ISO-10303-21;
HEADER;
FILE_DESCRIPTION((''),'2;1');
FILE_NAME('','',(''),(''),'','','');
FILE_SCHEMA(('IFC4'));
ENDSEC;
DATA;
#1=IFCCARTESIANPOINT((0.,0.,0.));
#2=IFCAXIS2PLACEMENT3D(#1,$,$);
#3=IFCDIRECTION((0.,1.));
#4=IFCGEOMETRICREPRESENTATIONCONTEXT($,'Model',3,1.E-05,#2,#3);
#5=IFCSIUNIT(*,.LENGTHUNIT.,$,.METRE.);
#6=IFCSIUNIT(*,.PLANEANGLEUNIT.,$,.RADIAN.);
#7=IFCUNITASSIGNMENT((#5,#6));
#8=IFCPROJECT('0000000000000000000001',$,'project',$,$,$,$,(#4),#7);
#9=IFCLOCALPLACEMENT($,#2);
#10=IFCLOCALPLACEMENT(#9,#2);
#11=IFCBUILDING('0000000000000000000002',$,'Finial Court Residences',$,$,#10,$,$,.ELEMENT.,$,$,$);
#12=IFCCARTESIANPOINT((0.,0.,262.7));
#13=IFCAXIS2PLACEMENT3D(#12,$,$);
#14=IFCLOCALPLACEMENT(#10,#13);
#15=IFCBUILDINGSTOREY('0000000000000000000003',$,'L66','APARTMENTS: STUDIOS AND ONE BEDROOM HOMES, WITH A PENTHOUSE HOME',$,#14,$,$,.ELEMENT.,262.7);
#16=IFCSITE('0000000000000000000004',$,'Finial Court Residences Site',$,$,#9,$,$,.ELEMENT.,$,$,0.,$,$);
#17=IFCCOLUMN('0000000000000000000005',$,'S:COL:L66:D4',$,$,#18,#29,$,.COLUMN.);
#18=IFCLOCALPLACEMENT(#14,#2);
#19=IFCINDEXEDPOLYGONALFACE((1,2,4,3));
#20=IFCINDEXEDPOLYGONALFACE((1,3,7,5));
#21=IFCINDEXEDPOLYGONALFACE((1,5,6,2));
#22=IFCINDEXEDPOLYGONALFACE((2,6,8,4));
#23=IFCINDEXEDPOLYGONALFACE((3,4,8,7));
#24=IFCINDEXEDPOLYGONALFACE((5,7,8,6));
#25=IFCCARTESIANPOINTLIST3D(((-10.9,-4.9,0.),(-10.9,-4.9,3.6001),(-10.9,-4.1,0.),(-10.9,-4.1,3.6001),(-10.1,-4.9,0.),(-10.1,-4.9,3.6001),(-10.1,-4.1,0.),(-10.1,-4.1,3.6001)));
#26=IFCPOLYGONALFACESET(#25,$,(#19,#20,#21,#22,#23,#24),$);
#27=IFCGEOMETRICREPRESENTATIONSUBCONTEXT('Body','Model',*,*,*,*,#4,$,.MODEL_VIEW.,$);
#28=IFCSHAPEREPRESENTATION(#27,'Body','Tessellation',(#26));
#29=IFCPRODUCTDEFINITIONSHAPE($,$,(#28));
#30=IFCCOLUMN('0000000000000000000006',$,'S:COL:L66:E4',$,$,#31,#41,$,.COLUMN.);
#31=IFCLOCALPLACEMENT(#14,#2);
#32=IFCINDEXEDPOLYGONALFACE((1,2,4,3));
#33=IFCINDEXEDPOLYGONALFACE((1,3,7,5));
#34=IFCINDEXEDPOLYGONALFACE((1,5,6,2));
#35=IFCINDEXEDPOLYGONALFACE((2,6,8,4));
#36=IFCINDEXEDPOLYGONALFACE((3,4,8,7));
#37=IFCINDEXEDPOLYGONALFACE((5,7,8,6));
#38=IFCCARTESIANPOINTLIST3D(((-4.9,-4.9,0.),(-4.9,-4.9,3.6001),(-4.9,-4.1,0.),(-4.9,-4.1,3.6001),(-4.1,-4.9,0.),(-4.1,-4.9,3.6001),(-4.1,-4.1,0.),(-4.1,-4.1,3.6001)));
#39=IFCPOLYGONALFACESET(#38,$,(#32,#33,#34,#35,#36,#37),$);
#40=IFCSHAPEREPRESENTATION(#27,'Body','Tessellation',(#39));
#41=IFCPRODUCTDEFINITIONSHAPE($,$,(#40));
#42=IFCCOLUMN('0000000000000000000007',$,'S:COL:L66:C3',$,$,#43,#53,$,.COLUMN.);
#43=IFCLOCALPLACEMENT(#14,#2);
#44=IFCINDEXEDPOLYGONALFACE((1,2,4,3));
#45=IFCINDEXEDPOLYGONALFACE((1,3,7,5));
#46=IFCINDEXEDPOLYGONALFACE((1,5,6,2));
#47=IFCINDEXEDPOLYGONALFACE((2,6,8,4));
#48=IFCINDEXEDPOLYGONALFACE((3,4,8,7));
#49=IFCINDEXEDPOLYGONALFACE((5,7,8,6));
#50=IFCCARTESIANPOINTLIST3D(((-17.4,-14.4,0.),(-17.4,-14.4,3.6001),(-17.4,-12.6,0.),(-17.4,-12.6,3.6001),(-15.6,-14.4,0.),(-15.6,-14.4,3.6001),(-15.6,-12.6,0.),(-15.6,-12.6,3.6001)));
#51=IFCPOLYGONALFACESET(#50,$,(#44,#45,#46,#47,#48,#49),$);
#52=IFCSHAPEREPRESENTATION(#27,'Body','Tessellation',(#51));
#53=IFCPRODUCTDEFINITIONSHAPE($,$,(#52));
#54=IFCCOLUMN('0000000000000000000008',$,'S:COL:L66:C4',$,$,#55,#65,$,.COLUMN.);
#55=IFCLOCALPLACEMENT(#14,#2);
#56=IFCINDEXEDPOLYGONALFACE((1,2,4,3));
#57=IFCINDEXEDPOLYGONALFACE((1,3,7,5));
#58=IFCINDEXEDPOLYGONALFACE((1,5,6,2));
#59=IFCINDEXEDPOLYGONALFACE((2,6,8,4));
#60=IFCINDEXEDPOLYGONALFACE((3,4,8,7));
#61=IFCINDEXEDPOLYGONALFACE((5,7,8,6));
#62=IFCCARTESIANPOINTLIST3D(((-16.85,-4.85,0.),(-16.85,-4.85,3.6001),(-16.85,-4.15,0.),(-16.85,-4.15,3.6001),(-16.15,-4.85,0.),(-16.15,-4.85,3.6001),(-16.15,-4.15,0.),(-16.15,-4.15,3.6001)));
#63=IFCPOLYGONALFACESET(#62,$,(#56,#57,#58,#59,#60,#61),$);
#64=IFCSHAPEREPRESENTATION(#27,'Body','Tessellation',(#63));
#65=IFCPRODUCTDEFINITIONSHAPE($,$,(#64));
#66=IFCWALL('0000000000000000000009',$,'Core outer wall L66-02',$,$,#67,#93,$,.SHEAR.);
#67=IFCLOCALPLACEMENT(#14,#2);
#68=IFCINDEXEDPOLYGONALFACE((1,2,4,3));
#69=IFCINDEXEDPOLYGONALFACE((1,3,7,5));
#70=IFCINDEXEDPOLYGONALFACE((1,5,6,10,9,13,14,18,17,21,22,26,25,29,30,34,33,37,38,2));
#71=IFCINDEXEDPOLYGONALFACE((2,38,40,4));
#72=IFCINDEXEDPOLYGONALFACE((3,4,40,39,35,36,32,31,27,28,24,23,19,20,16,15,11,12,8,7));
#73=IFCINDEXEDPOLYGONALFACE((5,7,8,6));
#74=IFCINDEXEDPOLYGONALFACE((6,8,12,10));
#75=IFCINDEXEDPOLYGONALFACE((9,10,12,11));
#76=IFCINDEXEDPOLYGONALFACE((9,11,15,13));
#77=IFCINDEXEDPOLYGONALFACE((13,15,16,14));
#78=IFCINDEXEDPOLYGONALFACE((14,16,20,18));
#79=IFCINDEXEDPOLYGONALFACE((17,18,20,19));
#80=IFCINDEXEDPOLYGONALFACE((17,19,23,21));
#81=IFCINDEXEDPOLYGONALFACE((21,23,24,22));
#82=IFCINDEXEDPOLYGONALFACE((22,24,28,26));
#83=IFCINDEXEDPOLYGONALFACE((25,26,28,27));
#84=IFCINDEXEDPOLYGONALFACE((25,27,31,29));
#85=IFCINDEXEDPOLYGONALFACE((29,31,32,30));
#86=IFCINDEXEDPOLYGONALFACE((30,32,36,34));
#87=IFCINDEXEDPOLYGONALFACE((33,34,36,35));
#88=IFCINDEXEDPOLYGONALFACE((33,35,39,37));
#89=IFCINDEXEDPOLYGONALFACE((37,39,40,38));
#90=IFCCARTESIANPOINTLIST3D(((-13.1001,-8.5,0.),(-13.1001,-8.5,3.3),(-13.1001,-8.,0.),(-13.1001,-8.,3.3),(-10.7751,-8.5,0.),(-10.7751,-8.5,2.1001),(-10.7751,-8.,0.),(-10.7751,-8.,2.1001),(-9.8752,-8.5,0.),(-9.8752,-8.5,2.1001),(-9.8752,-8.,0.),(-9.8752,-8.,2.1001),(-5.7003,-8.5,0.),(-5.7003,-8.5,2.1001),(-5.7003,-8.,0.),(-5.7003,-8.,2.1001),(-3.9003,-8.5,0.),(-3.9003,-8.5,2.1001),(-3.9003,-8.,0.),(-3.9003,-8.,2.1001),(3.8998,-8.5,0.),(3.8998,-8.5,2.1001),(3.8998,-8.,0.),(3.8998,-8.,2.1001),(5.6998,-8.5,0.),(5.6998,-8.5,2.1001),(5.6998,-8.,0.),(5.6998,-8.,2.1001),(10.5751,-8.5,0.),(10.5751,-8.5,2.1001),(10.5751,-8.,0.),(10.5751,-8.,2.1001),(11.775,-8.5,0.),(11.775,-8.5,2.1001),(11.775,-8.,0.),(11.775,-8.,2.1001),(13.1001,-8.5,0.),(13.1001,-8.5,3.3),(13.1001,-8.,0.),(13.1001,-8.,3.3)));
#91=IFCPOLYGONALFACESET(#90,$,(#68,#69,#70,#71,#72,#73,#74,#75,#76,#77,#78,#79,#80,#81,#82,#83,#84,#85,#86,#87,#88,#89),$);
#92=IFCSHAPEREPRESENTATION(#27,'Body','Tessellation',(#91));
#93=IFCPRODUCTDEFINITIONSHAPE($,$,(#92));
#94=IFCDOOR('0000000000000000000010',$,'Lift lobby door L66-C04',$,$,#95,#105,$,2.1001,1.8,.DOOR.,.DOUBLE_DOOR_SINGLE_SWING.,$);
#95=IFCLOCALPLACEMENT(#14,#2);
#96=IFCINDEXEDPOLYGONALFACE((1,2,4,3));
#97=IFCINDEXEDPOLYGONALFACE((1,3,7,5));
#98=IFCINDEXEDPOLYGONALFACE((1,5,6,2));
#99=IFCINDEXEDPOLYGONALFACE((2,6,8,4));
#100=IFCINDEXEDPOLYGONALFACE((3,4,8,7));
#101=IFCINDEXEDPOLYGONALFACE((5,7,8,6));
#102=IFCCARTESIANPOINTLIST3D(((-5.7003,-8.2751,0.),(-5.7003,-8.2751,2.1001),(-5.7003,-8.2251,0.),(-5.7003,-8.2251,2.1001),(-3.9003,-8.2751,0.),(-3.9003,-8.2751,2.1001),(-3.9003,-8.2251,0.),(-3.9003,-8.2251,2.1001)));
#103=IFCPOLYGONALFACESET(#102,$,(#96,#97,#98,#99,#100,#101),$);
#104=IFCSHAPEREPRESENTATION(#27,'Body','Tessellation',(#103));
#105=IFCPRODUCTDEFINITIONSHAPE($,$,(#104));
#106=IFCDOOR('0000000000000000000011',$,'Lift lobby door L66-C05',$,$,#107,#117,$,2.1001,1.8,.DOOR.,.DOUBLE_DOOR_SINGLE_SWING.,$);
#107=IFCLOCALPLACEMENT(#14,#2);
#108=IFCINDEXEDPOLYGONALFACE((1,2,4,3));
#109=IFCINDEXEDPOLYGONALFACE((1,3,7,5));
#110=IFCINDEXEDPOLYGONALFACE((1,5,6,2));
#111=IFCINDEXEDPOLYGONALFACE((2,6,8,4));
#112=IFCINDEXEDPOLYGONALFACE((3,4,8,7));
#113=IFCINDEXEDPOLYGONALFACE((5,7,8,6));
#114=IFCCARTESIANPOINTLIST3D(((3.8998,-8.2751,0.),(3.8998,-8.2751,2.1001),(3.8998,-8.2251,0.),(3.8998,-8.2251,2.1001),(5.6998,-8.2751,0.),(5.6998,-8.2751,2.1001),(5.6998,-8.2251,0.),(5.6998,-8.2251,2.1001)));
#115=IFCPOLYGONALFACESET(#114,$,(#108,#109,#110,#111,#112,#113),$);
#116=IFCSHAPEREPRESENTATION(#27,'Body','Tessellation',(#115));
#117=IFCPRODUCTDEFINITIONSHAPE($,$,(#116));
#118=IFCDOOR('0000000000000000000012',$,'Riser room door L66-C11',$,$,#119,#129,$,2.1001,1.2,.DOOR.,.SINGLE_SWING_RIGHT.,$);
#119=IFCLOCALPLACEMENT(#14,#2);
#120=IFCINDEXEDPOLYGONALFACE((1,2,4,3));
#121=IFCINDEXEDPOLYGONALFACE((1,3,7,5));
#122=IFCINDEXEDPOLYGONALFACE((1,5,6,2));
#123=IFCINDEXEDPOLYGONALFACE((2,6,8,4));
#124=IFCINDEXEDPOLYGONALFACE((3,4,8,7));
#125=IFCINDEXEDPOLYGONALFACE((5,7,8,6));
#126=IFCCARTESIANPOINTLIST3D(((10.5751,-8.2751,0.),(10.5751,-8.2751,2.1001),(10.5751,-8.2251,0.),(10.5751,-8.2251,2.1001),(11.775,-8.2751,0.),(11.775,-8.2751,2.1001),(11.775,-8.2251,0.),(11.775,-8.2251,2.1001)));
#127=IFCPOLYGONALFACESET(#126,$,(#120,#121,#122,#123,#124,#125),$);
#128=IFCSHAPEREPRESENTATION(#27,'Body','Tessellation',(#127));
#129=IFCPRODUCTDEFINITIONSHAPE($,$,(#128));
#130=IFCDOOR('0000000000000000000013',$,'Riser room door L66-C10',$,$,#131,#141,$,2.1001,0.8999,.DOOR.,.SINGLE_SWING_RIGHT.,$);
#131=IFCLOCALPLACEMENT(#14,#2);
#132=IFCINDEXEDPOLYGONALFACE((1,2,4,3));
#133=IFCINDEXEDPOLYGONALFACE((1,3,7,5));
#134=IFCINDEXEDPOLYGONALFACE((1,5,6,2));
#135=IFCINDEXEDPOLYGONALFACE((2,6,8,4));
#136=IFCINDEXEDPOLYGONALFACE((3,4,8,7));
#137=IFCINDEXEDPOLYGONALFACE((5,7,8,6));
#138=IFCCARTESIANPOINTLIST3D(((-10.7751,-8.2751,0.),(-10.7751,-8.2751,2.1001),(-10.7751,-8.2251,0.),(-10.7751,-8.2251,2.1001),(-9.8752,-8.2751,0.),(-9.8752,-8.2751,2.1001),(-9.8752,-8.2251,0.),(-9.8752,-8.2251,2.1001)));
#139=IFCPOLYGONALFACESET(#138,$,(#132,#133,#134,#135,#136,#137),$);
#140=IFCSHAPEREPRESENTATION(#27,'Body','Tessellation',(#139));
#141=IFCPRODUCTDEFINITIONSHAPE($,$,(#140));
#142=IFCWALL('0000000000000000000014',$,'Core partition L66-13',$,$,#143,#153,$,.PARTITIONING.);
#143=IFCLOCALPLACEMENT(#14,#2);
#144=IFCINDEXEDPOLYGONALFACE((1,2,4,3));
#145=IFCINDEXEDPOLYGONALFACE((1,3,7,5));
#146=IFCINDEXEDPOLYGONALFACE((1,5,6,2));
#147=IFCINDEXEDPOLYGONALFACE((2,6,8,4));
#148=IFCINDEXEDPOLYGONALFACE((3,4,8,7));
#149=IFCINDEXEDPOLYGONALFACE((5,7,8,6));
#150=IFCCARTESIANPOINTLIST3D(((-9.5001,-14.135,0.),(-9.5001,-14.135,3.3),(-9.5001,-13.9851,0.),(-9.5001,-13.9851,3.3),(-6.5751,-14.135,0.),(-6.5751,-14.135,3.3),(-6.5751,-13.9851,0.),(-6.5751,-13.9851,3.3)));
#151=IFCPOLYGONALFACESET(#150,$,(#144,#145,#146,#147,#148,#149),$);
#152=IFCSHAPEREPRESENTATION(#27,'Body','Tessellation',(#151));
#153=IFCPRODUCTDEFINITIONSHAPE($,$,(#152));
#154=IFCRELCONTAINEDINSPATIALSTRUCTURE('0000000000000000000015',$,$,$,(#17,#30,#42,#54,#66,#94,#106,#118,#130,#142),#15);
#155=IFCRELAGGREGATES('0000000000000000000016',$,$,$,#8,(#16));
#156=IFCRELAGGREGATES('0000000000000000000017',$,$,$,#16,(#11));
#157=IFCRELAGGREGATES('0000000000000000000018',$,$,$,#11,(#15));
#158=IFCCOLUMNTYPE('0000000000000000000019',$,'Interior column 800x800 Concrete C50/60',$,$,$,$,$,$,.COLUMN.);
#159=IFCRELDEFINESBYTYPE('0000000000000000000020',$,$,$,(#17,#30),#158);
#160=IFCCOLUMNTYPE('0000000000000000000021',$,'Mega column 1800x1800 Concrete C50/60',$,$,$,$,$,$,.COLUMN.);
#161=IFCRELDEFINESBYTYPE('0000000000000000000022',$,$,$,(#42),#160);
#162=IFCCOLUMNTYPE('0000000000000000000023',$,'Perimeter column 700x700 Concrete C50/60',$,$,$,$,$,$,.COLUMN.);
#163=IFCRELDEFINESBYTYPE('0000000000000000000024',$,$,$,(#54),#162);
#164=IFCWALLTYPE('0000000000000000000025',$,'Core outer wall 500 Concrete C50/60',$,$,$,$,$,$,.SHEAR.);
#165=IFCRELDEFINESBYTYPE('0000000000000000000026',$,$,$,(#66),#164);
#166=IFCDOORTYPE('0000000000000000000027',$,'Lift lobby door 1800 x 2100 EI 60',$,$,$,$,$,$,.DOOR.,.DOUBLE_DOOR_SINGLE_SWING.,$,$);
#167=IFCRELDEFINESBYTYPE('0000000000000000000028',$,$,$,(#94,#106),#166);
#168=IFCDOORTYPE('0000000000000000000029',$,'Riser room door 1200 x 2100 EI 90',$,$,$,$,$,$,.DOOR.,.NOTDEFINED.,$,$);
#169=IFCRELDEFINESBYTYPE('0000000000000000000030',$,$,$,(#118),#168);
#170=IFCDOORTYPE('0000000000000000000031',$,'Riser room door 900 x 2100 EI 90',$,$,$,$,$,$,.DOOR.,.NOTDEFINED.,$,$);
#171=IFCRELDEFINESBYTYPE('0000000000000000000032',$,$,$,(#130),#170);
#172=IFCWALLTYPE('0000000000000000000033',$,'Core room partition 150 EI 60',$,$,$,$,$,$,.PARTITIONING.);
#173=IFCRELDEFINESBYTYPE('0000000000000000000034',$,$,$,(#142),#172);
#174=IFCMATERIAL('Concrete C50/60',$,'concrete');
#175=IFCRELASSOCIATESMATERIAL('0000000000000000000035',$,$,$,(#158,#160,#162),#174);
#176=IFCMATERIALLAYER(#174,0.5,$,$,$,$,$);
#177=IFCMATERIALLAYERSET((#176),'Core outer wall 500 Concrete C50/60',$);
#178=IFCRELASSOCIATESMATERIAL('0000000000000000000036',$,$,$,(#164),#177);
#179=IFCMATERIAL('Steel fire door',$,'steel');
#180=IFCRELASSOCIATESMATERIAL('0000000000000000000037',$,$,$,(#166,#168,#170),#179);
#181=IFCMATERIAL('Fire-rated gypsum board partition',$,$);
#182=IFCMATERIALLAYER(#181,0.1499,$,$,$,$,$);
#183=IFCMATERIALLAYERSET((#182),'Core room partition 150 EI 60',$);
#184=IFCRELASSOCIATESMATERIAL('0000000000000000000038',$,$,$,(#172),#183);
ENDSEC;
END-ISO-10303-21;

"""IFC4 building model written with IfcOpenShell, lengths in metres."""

from ifc_helpers import new_model, si_unit, direction, frame, frame_2d, origin, origin_2d, place, context, subcontext, project, spatial, rectangle, extrude, material, layer, layer_set, material_profile, profile_set, type_object, element, fill, save


model = new_model("IFC4")

# Units and contexts
model_context = context("Model", 3, precision=1e-05, world=origin(), true_north=direction((0.0, 1.0)))
body_context = subcontext(model_context, "Body", "Model", "MODEL_VIEW")
ifc_project = project(units=[si_unit("LENGTHUNIT", "METRE"), si_unit("PLANEANGLEUNIT", "RADIAN")], contexts=[model_context])

# Site, building, storey
site_placement = place(None, origin())
site = spatial("IfcSite", under=ifc_project, at=site_placement, Name="Finial Court Residences Site", CompositionType="ELEMENT", RefElevation=0.0)
building_placement = place(site_placement, origin())
building = spatial("IfcBuilding", under=site, at=building_placement, Name="Finial Court Residences", CompositionType="ELEMENT")
storey_placement = place(building_placement, frame((0.0, 0.0, 262.7)))
storey = spatial("IfcBuildingStorey", under=building, at=storey_placement, Name="L66", Description="APARTMENTS: STUDIOS AND ONE BEDROOM HOMES, WITH A PENTHOUSE HOME", CompositionType="ELEMENT", Elevation=262.7)

# Columns
ifc_material_1 = material(Name="Concrete C50/60", Category="concrete")
ifc_material_profile_1 = material_profile(ifc_material_1, rectangle(XDim=0.8, YDim=0.8, at=origin_2d()), Name="800x800")
ifc_profile_set_1 = profile_set([ifc_material_profile_1], Name="Concrete C50/60")
column_type_1 = type_object("IfcColumnType", Name="Interior column 800x800 Concrete C50/60", PredefinedType="COLUMN", material=ifc_profile_set_1)
for number, where, z_axis, x_axis, name in (
    (1, (-10.5, -4.5, 0.0), (0.0, 0.0, 1.0), (1.0, 0.0, 0.0), "S:COL:L66:D4"),
    (2, (-4.5, -4.5, 0.0), (0.0, 0.0, 1.0), (1.0, 0.0, 0.0), "S:COL:L66:E4"),
):
    element("IfcColumn", number, at=place(storey_placement, frame(where, z_axis=z_axis, x_axis=x_axis)), inside=storey, type_object=column_type_1, Name=name, PredefinedType="COLUMN", context=body_context, shape_type="SweptSolid", body=[
        extrude(rectangle(XDim=0.8, YDim=0.8, at=origin_2d()), origin(), (0.0, 0.0, 1.0), 3.6001),
    ])
ifc_material_profile_2 = material_profile(ifc_material_1, rectangle(XDim=1.8, YDim=1.8, at=origin_2d()), Name="1800x1800")
ifc_profile_set_2 = profile_set([ifc_material_profile_2], Name="Concrete C50/60")
column_type_2 = type_object("IfcColumnType", Name="Mega column 1800x1800 Concrete C50/60", PredefinedType="COLUMN", material=ifc_profile_set_2)
column_1_placement = place(storey_placement, frame((-16.5, -13.5, 0.0), z_axis=(0.0, 0.0, 1.0), x_axis=(1.0, 0.0, 0.0)))
element("IfcColumn", 3, at=column_1_placement, inside=storey, type_object=column_type_2, Name="S:COL:L66:C3", PredefinedType="COLUMN", context=body_context, shape_type="SweptSolid", body=[
    extrude(rectangle(XDim=1.8, YDim=1.8, at=origin_2d()), origin(), (0.0, 0.0, 1.0), 3.6001),
])
ifc_material_profile_3 = material_profile(ifc_material_1, rectangle(XDim=0.7, YDim=0.7, at=origin_2d()), Name="700x700")
ifc_profile_set_3 = profile_set([ifc_material_profile_3], Name="Concrete C50/60")
column_type_3 = type_object("IfcColumnType", Name="Perimeter column 700x700 Concrete C50/60", PredefinedType="COLUMN", material=ifc_profile_set_3)
column_2_placement = place(storey_placement, frame((-16.5, -4.5, 0.0), z_axis=(0.0, 0.0, 1.0), x_axis=(1.0, 0.0, 0.0)))
element("IfcColumn", 4, at=column_2_placement, inside=storey, type_object=column_type_3, Name="S:COL:L66:C4", PredefinedType="COLUMN", context=body_context, shape_type="SweptSolid", body=[
    extrude(rectangle(XDim=0.7, YDim=0.7, at=origin_2d()), origin(), (0.0, 0.0, 1.0), 3.6001),
])

# Wall, openings, doors
ifc_layer_1 = layer(ifc_material_1, 0.5)
ifc_layer_set_1 = layer_set([ifc_layer_1], Name="Core outer wall 500 Concrete C50/60")
wall_type_1 = type_object("IfcWallType", Name="Core outer wall 500 Concrete C50/60", PredefinedType="SHEAR", material=ifc_layer_set_1)
wall_1_placement = place(storey_placement, frame((-13.1001, -8.25, 0.0), z_axis=(0.0, 0.0, 1.0), x_axis=(1.0, 0.0, 0.0)))
wall_1 = element("IfcWall", 5, at=wall_1_placement, inside=storey, type_object=wall_type_1, Name="Core outer wall L66-02", PredefinedType="SHEAR", context=body_context, shape_type="SweptSolid", body=[
    extrude(rectangle(XDim=26.2002, YDim=0.5, at=frame_2d((13.1001, 0.0))), origin(), (0.0, 0.0, 1.0), 3.3),
])
opening_1_placement = place(wall_1_placement, frame((7.3999, 0.0, 0.0)))
opening_1 = element("IfcOpeningElement", 6, at=opening_1_placement, cuts=wall_1, PredefinedType="OPENING", context=body_context, shape_type="SweptSolid", body=[
    extrude(rectangle(XDim=1.8, YDim=2.1001, at=frame_2d((0.8999, 1.05))), frame((0.0, 0.26, 0.0), z_axis=(0.0, -1.0, 0.0), x_axis=(1.0, 0.0, 0.0)), (0.0, 0.0, 1.0), 0.52),
])
opening_2_placement = place(wall_1_placement, frame((17.0, 0.0, 0.0)))
opening_2 = element("IfcOpeningElement", 7, at=opening_2_placement, cuts=wall_1, PredefinedType="OPENING", context=body_context, shape_type="SweptSolid", body=[
    extrude(rectangle(XDim=1.8, YDim=2.1001, at=frame_2d((0.8999, 1.05))), frame((0.0, 0.26, 0.0), z_axis=(0.0, -1.0, 0.0), x_axis=(1.0, 0.0, 0.0)), (0.0, 0.0, 1.0), 0.52),
])
opening_3_placement = place(wall_1_placement, frame((2.325, 0.0, 0.0)))
opening_3 = element("IfcOpeningElement", 8, at=opening_3_placement, cuts=wall_1, PredefinedType="OPENING", context=body_context, shape_type="SweptSolid", body=[
    extrude(rectangle(XDim=0.8999, YDim=2.1001, at=frame_2d((0.45, 1.05))), frame((0.0, 0.26, 0.0), z_axis=(0.0, -1.0, 0.0), x_axis=(1.0, 0.0, 0.0)), (0.0, 0.0, 1.0), 0.52),
])
opening_4_placement = place(wall_1_placement, frame((23.675, 0.0, 0.0)))
opening_4 = element("IfcOpeningElement", 9, at=opening_4_placement, cuts=wall_1, PredefinedType="OPENING", context=body_context, shape_type="SweptSolid", body=[
    extrude(rectangle(XDim=1.2, YDim=2.1001, at=frame_2d((0.6001, 1.05))), frame((0.0, 0.26, 0.0), z_axis=(0.0, -1.0, 0.0), x_axis=(1.0, 0.0, 0.0)), (0.0, 0.0, 1.0), 0.52),
])
ifc_material_2 = material(Name="Steel fire door", Category="steel")
door_type_1 = type_object("IfcDoorType", Name="Lift lobby door 1800 x 2100 EI 60", OperationType="DOUBLE_DOOR_SINGLE_SWING", PredefinedType="DOOR", material=ifc_material_2)
door_1_placement = place(opening_1_placement, origin())
door_1 = element("IfcDoor", 10, at=door_1_placement, inside=storey, type_object=door_type_1, Name="Lift lobby door L66-C04", OperationType="DOUBLE_DOOR_SINGLE_SWING", OverallHeight=2.1001, OverallWidth=1.8, PredefinedType="DOOR", context=body_context, shape_type="SweptSolid", body=[
    extrude(rectangle(XDim=1.8, YDim=2.1001, at=frame_2d((0.8999, 1.05))), frame((0.0, 0.0249, 0.0), z_axis=(0.0, -1.0, 0.0), x_axis=(1.0, 0.0, 0.0)), (0.0, 0.0, 1.0), 0.05),
])
fill(opening_1, door_1)
door_2_placement = place(opening_2_placement, origin())
door_2 = element("IfcDoor", 11, at=door_2_placement, inside=storey, type_object=door_type_1, Name="Lift lobby door L66-C05", OperationType="DOUBLE_DOOR_SINGLE_SWING", OverallHeight=2.1001, OverallWidth=1.8, PredefinedType="DOOR", context=body_context, shape_type="SweptSolid", body=[
    extrude(rectangle(XDim=1.8, YDim=2.1001, at=frame_2d((0.8999, 1.05))), frame((0.0, 0.0249, 0.0), z_axis=(0.0, -1.0, 0.0), x_axis=(1.0, 0.0, 0.0)), (0.0, 0.0, 1.0), 0.05),
])
fill(opening_2, door_2)
door_type_2 = type_object("IfcDoorType", Name="Riser room door 1200 x 2100 EI 90", OperationType="NOTDEFINED", PredefinedType="DOOR", material=ifc_material_2)
door_3_placement = place(opening_4_placement, origin())
door_3 = element("IfcDoor", 12, at=door_3_placement, inside=storey, type_object=door_type_2, Name="Riser room door L66-C11", OperationType="SINGLE_SWING_RIGHT", OverallHeight=2.1001, OverallWidth=1.2, PredefinedType="DOOR", context=body_context, shape_type="SweptSolid", body=[
    extrude(rectangle(XDim=1.2, YDim=2.1001, at=frame_2d((0.6001, 1.05))), frame((0.0, 0.0249, 0.0), z_axis=(0.0, -1.0, 0.0), x_axis=(1.0, 0.0, 0.0)), (0.0, 0.0, 1.0), 0.05),
])
fill(opening_4, door_3)
door_type_3 = type_object("IfcDoorType", Name="Riser room door 900 x 2100 EI 90", OperationType="NOTDEFINED", PredefinedType="DOOR", material=ifc_material_2)
door_4_placement = place(opening_3_placement, origin())
door_4 = element("IfcDoor", 13, at=door_4_placement, inside=storey, type_object=door_type_3, Name="Riser room door L66-C10", OperationType="SINGLE_SWING_RIGHT", OverallHeight=2.1001, OverallWidth=0.8999, PredefinedType="DOOR", context=body_context, shape_type="SweptSolid", body=[
    extrude(rectangle(XDim=0.8999, YDim=2.1001, at=frame_2d((0.45, 1.05))), frame((0.0, 0.0249, 0.0), z_axis=(0.0, -1.0, 0.0), x_axis=(1.0, 0.0, 0.0)), (0.0, 0.0, 1.0), 0.05),
])
fill(opening_3, door_4)

# Wall
ifc_material_3 = material(Name="Fire-rated gypsum board partition")
ifc_layer_2 = layer(ifc_material_3, 0.1499)
ifc_layer_set_2 = layer_set([ifc_layer_2], Name="Core room partition 150 EI 60")
wall_type_2 = type_object("IfcWallType", Name="Core room partition 150 EI 60", PredefinedType="PARTITIONING", material=ifc_layer_set_2)
wall_2_placement = place(storey_placement, frame((-9.5, -14.0601, 0.0), z_axis=(0.0, 0.0, 1.0), x_axis=(1.0, 0.0, 0.0)))
element("IfcWall", 14, at=wall_2_placement, inside=storey, type_object=wall_type_2, Name="Core partition L66-13", PredefinedType="PARTITIONING", context=body_context, shape_type="SweptSolid", body=[
    extrude(rectangle(XDim=2.925, YDim=0.1499, at=frame_2d((1.4624, 0.0))), origin(), (0.0, 0.0, 1.0), 3.3),
])

save(model, "model.ifc")
